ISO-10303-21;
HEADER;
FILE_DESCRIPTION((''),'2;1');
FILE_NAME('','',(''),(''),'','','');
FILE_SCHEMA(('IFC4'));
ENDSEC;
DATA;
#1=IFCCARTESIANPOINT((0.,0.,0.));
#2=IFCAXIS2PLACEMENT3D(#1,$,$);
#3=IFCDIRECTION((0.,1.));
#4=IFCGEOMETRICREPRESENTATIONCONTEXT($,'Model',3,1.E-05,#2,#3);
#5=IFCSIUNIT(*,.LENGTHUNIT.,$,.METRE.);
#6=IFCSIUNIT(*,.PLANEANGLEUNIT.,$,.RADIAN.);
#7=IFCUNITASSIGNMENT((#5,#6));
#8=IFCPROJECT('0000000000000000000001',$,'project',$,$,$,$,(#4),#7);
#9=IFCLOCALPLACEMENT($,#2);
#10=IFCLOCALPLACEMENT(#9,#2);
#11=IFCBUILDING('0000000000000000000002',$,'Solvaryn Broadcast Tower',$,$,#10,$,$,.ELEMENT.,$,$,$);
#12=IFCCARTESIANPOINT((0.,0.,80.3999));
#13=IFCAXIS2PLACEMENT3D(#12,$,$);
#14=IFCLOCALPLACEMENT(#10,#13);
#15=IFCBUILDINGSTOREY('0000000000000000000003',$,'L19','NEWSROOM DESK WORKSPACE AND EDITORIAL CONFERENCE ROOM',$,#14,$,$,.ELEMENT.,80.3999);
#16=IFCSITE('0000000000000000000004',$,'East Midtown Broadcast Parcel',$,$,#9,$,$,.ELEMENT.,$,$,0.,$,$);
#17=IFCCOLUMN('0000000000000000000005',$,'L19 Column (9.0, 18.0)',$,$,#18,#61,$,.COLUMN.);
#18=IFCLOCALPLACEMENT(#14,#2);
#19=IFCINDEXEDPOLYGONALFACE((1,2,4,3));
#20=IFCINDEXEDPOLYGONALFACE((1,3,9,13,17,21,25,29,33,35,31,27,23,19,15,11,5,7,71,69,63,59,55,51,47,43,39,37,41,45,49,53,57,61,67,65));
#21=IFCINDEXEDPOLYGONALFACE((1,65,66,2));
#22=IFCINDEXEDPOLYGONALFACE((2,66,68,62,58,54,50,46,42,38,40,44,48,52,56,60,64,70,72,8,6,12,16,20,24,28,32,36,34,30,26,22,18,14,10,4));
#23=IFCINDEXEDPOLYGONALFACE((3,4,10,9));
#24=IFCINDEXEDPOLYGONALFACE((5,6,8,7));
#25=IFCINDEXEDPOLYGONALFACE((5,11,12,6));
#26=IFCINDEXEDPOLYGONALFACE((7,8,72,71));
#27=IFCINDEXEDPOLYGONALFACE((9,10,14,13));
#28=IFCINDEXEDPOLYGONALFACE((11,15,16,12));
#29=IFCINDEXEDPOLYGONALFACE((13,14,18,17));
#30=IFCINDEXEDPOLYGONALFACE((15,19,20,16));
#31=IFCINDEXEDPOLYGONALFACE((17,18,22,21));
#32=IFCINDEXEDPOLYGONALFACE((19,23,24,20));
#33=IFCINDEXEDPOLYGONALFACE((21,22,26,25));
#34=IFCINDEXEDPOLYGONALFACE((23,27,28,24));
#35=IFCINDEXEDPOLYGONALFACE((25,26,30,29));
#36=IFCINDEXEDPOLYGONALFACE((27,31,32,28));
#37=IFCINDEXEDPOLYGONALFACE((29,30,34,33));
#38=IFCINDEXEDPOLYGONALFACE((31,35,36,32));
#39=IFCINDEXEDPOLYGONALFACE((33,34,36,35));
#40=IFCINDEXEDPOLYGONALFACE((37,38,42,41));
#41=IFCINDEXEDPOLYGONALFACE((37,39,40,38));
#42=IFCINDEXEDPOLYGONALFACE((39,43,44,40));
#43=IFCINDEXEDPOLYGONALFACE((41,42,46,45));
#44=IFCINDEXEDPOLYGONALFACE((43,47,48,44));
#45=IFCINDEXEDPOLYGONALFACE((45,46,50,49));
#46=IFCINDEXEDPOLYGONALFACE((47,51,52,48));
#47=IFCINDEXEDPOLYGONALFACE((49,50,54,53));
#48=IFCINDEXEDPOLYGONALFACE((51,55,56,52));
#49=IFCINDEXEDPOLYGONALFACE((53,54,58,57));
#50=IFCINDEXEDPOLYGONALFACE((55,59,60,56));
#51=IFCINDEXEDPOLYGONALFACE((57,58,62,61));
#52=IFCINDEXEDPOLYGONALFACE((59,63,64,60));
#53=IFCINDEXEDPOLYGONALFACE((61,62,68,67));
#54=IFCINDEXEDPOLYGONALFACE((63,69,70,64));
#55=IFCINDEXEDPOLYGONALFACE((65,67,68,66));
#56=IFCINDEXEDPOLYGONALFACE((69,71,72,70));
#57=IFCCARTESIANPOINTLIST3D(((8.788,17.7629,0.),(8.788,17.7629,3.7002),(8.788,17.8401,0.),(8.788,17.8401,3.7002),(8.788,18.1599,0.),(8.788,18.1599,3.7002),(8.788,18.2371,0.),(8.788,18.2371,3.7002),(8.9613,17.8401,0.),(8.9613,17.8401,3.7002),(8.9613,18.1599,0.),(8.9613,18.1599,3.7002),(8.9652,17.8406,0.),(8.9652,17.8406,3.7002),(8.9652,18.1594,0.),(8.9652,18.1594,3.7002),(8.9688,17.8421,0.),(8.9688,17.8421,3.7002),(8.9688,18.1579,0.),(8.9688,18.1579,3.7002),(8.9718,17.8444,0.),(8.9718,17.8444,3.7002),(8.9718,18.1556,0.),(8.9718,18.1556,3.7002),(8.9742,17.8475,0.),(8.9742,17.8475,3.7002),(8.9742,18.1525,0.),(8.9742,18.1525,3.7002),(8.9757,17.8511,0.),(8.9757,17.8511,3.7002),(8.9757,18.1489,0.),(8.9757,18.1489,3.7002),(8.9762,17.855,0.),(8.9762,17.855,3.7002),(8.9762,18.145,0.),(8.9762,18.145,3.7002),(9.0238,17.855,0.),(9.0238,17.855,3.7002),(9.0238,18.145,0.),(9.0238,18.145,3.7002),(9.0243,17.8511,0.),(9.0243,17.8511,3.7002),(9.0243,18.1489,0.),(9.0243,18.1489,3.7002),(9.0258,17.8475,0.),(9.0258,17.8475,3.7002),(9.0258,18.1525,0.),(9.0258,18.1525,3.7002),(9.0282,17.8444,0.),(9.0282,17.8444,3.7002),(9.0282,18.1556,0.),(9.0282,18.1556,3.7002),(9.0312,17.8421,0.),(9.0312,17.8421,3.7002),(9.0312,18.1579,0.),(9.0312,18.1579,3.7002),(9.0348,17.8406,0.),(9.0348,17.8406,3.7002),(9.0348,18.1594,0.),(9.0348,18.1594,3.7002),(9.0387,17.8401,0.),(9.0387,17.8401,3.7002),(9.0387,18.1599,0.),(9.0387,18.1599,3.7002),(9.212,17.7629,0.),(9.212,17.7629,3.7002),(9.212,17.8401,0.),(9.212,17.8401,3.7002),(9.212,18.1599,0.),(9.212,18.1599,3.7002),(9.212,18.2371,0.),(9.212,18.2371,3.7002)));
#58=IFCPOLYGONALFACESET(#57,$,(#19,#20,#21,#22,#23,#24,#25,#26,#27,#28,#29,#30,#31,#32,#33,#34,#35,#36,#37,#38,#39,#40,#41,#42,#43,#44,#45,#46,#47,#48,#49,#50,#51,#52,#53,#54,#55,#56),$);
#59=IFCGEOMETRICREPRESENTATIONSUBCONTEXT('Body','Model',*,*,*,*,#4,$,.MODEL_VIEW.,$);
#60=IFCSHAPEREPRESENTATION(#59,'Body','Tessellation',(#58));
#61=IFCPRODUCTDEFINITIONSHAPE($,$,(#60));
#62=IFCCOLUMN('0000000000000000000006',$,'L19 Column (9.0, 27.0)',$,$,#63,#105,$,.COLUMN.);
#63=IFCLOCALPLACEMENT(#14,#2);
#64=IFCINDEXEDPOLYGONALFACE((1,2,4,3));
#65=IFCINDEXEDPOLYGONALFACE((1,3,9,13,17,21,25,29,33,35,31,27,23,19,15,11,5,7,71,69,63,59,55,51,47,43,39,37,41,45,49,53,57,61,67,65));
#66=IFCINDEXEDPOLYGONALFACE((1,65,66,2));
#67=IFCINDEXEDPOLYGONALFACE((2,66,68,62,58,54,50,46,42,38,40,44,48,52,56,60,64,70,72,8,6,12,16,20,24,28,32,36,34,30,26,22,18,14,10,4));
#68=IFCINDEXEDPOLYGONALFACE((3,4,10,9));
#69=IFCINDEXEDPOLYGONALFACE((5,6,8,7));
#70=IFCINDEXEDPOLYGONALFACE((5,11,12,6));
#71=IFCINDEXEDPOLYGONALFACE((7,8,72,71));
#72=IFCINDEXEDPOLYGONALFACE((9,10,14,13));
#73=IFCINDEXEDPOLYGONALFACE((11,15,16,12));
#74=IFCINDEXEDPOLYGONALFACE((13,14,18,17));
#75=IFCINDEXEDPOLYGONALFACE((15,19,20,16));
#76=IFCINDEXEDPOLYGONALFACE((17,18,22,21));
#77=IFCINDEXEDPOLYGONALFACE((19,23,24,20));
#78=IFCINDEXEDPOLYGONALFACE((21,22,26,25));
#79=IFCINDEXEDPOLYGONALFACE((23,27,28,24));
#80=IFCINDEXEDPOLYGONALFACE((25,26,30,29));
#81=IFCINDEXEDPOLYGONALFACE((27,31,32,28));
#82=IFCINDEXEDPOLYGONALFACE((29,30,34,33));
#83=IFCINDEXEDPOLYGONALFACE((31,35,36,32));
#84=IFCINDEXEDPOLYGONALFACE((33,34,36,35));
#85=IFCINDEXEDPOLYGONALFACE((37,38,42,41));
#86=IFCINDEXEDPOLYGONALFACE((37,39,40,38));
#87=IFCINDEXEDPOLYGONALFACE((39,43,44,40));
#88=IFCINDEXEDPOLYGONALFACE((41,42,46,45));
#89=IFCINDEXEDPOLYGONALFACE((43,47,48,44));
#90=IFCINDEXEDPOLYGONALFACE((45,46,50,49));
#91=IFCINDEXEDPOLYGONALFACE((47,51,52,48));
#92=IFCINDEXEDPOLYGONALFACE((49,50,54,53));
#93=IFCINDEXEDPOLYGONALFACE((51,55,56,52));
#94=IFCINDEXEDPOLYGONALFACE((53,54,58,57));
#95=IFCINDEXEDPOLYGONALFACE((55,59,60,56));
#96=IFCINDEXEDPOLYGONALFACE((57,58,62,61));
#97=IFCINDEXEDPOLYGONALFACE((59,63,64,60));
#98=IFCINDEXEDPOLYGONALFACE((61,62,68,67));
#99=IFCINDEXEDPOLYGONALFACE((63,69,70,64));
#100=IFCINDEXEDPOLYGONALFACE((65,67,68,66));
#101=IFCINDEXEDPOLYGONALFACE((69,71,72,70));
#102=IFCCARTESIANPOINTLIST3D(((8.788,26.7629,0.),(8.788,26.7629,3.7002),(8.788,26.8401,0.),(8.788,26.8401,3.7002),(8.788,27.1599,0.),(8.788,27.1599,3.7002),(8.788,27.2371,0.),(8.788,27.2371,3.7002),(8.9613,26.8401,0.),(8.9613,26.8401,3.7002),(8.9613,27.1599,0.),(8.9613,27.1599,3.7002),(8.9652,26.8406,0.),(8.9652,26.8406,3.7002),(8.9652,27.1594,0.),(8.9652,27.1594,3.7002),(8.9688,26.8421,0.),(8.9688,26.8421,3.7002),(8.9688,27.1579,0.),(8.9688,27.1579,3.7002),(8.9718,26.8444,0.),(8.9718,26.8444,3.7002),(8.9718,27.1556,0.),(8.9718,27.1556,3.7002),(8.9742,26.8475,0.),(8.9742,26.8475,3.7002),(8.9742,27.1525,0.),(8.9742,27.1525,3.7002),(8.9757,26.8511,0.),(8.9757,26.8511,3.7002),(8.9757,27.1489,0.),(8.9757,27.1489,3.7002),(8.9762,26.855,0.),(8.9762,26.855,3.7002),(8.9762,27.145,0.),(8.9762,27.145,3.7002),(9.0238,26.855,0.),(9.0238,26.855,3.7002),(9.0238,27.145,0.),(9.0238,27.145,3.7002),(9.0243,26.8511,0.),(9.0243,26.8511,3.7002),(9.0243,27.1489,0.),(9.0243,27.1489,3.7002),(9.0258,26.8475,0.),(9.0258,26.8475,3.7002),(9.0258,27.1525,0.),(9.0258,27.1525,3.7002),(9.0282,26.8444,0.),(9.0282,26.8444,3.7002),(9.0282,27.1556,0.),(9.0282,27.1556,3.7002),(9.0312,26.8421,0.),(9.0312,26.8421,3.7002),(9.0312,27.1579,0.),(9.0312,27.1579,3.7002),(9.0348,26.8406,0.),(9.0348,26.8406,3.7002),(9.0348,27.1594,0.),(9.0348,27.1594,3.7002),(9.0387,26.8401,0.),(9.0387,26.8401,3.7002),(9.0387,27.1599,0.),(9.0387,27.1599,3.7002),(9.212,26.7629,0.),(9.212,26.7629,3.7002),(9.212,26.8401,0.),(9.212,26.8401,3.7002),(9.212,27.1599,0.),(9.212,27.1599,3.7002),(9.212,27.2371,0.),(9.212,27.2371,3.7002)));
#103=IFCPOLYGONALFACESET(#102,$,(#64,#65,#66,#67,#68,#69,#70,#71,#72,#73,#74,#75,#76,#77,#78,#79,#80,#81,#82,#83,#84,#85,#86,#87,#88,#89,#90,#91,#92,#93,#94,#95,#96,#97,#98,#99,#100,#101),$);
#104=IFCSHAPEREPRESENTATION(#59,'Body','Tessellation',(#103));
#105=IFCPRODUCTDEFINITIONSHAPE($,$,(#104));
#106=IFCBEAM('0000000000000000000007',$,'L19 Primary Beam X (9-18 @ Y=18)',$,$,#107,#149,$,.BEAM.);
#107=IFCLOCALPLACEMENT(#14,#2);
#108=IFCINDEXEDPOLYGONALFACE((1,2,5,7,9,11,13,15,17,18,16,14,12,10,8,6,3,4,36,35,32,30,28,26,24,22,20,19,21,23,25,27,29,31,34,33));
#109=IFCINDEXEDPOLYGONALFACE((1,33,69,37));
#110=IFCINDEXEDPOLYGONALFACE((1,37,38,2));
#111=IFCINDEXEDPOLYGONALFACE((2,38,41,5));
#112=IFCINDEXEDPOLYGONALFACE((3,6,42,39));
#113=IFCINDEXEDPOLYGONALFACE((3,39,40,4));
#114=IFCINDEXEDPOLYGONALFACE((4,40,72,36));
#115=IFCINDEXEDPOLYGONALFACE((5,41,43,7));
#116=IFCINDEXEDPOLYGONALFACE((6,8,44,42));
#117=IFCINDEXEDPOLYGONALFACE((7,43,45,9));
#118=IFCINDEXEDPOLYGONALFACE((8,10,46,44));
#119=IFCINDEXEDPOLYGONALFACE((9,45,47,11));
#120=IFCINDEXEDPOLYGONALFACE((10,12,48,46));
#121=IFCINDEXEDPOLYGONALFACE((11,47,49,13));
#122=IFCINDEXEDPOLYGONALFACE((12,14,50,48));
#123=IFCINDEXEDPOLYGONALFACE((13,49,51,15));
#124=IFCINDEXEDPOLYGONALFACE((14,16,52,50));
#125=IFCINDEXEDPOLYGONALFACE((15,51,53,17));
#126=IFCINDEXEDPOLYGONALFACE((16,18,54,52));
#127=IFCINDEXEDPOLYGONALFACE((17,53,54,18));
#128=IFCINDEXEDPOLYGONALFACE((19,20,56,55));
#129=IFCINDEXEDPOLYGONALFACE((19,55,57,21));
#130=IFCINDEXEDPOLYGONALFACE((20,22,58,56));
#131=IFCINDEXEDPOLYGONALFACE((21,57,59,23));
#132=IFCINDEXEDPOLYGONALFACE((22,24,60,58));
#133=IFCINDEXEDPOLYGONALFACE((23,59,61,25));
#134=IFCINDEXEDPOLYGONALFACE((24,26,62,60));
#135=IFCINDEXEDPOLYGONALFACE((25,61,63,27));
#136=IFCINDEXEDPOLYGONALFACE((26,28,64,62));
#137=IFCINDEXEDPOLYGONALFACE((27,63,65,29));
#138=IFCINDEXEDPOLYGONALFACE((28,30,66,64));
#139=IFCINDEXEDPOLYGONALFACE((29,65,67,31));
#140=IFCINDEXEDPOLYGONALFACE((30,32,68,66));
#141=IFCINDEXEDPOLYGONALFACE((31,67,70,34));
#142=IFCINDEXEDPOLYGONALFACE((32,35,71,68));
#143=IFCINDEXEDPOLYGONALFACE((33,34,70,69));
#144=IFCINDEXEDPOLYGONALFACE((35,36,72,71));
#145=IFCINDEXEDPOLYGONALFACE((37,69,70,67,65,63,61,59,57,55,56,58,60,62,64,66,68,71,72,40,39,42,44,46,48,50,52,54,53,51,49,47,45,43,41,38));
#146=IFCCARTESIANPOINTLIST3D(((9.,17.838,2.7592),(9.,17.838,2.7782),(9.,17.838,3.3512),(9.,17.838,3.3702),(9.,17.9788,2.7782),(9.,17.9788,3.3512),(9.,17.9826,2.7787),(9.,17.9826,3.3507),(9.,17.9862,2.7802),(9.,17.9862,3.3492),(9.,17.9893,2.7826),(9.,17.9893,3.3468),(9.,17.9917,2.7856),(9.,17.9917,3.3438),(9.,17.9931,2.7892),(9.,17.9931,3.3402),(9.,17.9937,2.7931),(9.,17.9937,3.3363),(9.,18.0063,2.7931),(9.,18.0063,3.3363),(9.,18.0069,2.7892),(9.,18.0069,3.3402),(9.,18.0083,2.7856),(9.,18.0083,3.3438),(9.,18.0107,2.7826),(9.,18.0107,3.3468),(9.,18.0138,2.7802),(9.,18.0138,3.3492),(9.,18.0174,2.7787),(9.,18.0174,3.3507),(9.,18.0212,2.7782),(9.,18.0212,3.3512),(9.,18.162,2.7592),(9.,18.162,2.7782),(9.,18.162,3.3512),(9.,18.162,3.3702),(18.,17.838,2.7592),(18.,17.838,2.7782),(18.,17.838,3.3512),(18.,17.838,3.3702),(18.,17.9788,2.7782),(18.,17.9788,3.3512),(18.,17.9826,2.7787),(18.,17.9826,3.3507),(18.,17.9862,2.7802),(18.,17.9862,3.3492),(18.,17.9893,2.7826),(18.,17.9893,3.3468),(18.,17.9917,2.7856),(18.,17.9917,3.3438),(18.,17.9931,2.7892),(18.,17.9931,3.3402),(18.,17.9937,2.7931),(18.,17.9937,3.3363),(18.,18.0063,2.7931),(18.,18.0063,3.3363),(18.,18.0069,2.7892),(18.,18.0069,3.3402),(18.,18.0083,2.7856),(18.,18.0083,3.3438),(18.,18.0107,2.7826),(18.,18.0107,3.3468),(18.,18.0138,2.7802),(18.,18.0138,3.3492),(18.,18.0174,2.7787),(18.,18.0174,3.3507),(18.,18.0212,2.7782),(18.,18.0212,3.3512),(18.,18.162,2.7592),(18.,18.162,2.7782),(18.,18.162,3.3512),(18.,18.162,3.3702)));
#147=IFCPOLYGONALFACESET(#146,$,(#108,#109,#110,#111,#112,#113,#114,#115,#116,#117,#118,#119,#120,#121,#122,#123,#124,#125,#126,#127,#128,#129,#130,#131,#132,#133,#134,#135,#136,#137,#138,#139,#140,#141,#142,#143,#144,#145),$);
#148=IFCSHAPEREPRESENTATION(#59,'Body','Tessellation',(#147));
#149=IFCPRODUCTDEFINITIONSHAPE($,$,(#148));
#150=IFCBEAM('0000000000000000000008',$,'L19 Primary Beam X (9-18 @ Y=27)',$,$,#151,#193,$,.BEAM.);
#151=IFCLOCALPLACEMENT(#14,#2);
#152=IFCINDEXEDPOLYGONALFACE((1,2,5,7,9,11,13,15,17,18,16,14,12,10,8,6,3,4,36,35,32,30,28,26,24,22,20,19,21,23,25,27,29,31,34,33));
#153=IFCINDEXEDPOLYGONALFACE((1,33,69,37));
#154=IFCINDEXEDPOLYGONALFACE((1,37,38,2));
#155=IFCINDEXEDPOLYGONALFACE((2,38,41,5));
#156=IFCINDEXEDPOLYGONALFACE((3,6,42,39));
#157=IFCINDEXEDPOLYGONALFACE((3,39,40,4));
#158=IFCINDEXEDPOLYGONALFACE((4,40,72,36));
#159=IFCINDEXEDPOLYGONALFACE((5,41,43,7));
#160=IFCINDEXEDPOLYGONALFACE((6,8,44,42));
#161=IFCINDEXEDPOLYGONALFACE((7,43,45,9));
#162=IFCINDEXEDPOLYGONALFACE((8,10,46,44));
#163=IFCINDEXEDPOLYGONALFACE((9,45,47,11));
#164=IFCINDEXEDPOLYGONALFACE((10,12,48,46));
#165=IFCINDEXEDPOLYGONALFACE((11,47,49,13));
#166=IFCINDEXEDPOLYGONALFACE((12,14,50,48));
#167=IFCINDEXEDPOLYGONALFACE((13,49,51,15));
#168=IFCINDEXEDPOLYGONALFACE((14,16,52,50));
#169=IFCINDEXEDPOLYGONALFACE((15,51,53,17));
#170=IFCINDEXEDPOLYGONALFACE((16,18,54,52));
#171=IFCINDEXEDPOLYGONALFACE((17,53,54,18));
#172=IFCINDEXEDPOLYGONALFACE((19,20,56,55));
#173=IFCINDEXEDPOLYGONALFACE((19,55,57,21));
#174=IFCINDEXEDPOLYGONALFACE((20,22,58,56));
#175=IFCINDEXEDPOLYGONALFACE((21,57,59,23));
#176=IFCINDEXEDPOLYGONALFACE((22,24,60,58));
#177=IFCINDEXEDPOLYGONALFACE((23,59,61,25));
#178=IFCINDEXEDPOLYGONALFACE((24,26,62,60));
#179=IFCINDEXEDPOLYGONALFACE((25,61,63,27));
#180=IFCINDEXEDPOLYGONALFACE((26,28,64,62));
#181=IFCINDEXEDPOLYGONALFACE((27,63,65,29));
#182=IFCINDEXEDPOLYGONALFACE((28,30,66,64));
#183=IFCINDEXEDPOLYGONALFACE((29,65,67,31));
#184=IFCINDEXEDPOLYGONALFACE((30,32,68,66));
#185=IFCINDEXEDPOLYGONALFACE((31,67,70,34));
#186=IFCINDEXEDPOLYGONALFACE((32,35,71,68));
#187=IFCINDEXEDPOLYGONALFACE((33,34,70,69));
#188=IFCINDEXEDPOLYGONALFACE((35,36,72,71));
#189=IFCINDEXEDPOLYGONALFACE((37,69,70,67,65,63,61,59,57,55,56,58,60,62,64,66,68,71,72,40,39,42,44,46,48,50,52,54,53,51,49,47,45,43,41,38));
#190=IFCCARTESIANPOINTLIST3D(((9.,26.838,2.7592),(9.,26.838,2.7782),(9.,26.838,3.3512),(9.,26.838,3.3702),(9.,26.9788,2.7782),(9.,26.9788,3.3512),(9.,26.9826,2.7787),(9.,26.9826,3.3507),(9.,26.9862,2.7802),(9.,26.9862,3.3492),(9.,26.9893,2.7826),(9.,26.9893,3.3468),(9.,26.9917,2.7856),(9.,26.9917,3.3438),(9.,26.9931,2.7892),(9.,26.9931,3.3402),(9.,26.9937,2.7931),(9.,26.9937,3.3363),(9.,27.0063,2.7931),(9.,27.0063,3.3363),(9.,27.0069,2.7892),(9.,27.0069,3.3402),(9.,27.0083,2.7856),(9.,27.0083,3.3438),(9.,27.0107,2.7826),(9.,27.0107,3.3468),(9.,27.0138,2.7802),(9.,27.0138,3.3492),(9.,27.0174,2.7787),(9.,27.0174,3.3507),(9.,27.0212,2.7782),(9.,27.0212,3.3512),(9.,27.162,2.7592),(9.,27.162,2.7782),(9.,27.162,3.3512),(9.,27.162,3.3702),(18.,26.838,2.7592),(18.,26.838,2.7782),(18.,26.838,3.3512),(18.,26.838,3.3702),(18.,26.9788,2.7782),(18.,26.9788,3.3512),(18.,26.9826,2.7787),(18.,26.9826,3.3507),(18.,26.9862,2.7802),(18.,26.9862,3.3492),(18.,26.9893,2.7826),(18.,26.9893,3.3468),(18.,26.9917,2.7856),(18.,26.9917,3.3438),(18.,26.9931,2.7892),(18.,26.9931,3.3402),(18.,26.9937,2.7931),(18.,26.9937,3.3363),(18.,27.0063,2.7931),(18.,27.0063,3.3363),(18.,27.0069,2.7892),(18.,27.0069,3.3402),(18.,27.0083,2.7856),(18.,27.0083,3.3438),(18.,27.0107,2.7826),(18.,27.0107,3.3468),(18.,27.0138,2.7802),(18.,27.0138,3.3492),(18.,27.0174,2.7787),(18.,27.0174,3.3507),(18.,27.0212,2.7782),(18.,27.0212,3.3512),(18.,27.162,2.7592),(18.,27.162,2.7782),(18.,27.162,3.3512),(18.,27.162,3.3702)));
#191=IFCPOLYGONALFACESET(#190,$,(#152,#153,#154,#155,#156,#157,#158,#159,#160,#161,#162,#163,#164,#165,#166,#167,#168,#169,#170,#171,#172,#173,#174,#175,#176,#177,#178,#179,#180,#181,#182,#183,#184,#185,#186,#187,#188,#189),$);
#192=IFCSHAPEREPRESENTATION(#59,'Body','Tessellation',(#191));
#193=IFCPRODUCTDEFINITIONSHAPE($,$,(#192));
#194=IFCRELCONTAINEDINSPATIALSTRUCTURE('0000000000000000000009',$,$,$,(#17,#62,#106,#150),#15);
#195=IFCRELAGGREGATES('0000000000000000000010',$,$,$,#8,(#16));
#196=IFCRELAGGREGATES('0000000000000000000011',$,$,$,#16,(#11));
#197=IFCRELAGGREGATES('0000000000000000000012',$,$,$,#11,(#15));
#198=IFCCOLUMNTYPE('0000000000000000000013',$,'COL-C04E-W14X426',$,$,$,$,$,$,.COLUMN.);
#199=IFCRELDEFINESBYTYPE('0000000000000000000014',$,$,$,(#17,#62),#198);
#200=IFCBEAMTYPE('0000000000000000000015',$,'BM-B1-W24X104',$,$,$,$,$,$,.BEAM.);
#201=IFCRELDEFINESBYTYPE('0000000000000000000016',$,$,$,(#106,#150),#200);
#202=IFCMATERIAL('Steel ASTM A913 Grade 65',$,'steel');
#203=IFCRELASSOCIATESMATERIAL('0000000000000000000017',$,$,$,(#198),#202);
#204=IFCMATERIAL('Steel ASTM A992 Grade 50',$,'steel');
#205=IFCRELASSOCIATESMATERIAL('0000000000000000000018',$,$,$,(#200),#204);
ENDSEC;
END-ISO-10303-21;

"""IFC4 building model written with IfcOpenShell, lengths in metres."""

from ifc_helpers import new_model, si_unit, direction, frame, origin, origin_2d, place, context, subcontext, project, spatial, i_section, extrude, material, material_profile, profile_set, type_object, element, save


model = new_model("IFC4")

# Units and contexts
model_context = context("Model", 3, precision=1e-05, world=origin(), true_north=direction((0.0, 1.0)))
body_context = subcontext(model_context, "Body", "Model", "MODEL_VIEW")
ifc_project = project(units=[si_unit("LENGTHUNIT", "METRE"), si_unit("PLANEANGLEUNIT", "RADIAN")], contexts=[model_context])

# Site, building, storey
site_placement = place(None, origin())
site = spatial("IfcSite", under=ifc_project, at=site_placement, Name="East Midtown Broadcast Parcel", CompositionType="ELEMENT", RefElevation=0.0)
building_placement = place(site_placement, origin())
building = spatial("IfcBuilding", under=site, at=building_placement, Name="Solvaryn Broadcast Tower", CompositionType="ELEMENT")
storey_placement = place(building_placement, frame((0.0, 0.0, 80.3999)))
storey = spatial("IfcBuildingStorey", under=building, at=storey_placement, Name="L19", Description="NEWSROOM DESK WORKSPACE AND EDITORIAL CONFERENCE ROOM", CompositionType="ELEMENT", Elevation=80.3999)

# Columns
ifc_material_1 = material(Name="Steel ASTM A913 Grade 65", Category="steel")
ifc_material_profile_1 = material_profile(ifc_material_1, i_section(OverallWidth=0.4241, OverallDepth=0.4741, WebThickness=0.0476, FlangeThickness=0.0771, FilletRadius=0.0149, at=origin_2d()))
ifc_profile_set_1 = profile_set([ifc_material_profile_1], Name="Steel ASTM A913 Grade 65")
column_type = type_object("IfcColumnType", Name="COL-C04E-W14X426", PredefinedType="COLUMN", material=ifc_profile_set_1)
for number, where, z_axis, x_axis, name in (
    (1, (9.0, 18.0, 0.0), (0.0, 0.0, 1.0), (1.0, 0.0, 0.0), "L19 Column (9.0, 18.0)"),
    (2, (9.0, 27.0, 0.0), (0.0, 0.0, 1.0), (1.0, 0.0, 0.0), "L19 Column (9.0, 27.0)"),
):
    element("IfcColumn", number, at=place(storey_placement, frame(where, z_axis=z_axis, x_axis=x_axis)), inside=storey, type_object=column_type, Name=name, PredefinedType="COLUMN", context=body_context, shape_type="SweptSolid", body=[
        extrude(i_section(OverallWidth=0.4241, OverallDepth=0.4741, WebThickness=0.0476, FlangeThickness=0.0771, FilletRadius=0.0149, at=origin_2d()), origin(), (0.0, 0.0, 1.0), 3.7002),
    ])

# Beams
ifc_material_2 = material(Name="Steel ASTM A992 Grade 50", Category="steel")
ifc_material_profile_2 = material_profile(ifc_material_2, i_section(OverallWidth=0.324, OverallDepth=0.6111, WebThickness=0.0127, FlangeThickness=0.019, FilletRadius=0.0149, at=origin_2d()))
ifc_profile_set_2 = profile_set([ifc_material_profile_2], Name="Steel ASTM A992 Grade 50")
beam_type_1 = type_object("IfcBeamType", Name="BM-B1-W24X104", PredefinedType="BEAM", material=ifc_profile_set_2)
for number, where, z_axis, x_axis, name in (
    (3, (9.0, 18.0, 3.0647), (1.0, 0.0, 0.0), (0.0, 1.0, 0.0), "L19 Primary Beam X (9-18 @ Y=18)"),
    (4, (9.0, 27.0, 3.0647), (1.0, 0.0, 0.0), (0.0, 1.0, 0.0), "L19 Primary Beam X (9-18 @ Y=27)"),
):
    element("IfcBeam", number, at=place(storey_placement, frame(where, z_axis=z_axis, x_axis=x_axis)), inside=storey, type_object=beam_type_1, Name=name, PredefinedType="BEAM", context=body_context, shape_type="SweptSolid", body=[
        extrude(i_section(OverallWidth=0.324, OverallDepth=0.6111, WebThickness=0.0127, FlangeThickness=0.019, FilletRadius=0.0149, at=origin_2d()), origin(), (0.0, 0.0, 1.0), 9.0),
    ])

save(model, "model.ifc")
